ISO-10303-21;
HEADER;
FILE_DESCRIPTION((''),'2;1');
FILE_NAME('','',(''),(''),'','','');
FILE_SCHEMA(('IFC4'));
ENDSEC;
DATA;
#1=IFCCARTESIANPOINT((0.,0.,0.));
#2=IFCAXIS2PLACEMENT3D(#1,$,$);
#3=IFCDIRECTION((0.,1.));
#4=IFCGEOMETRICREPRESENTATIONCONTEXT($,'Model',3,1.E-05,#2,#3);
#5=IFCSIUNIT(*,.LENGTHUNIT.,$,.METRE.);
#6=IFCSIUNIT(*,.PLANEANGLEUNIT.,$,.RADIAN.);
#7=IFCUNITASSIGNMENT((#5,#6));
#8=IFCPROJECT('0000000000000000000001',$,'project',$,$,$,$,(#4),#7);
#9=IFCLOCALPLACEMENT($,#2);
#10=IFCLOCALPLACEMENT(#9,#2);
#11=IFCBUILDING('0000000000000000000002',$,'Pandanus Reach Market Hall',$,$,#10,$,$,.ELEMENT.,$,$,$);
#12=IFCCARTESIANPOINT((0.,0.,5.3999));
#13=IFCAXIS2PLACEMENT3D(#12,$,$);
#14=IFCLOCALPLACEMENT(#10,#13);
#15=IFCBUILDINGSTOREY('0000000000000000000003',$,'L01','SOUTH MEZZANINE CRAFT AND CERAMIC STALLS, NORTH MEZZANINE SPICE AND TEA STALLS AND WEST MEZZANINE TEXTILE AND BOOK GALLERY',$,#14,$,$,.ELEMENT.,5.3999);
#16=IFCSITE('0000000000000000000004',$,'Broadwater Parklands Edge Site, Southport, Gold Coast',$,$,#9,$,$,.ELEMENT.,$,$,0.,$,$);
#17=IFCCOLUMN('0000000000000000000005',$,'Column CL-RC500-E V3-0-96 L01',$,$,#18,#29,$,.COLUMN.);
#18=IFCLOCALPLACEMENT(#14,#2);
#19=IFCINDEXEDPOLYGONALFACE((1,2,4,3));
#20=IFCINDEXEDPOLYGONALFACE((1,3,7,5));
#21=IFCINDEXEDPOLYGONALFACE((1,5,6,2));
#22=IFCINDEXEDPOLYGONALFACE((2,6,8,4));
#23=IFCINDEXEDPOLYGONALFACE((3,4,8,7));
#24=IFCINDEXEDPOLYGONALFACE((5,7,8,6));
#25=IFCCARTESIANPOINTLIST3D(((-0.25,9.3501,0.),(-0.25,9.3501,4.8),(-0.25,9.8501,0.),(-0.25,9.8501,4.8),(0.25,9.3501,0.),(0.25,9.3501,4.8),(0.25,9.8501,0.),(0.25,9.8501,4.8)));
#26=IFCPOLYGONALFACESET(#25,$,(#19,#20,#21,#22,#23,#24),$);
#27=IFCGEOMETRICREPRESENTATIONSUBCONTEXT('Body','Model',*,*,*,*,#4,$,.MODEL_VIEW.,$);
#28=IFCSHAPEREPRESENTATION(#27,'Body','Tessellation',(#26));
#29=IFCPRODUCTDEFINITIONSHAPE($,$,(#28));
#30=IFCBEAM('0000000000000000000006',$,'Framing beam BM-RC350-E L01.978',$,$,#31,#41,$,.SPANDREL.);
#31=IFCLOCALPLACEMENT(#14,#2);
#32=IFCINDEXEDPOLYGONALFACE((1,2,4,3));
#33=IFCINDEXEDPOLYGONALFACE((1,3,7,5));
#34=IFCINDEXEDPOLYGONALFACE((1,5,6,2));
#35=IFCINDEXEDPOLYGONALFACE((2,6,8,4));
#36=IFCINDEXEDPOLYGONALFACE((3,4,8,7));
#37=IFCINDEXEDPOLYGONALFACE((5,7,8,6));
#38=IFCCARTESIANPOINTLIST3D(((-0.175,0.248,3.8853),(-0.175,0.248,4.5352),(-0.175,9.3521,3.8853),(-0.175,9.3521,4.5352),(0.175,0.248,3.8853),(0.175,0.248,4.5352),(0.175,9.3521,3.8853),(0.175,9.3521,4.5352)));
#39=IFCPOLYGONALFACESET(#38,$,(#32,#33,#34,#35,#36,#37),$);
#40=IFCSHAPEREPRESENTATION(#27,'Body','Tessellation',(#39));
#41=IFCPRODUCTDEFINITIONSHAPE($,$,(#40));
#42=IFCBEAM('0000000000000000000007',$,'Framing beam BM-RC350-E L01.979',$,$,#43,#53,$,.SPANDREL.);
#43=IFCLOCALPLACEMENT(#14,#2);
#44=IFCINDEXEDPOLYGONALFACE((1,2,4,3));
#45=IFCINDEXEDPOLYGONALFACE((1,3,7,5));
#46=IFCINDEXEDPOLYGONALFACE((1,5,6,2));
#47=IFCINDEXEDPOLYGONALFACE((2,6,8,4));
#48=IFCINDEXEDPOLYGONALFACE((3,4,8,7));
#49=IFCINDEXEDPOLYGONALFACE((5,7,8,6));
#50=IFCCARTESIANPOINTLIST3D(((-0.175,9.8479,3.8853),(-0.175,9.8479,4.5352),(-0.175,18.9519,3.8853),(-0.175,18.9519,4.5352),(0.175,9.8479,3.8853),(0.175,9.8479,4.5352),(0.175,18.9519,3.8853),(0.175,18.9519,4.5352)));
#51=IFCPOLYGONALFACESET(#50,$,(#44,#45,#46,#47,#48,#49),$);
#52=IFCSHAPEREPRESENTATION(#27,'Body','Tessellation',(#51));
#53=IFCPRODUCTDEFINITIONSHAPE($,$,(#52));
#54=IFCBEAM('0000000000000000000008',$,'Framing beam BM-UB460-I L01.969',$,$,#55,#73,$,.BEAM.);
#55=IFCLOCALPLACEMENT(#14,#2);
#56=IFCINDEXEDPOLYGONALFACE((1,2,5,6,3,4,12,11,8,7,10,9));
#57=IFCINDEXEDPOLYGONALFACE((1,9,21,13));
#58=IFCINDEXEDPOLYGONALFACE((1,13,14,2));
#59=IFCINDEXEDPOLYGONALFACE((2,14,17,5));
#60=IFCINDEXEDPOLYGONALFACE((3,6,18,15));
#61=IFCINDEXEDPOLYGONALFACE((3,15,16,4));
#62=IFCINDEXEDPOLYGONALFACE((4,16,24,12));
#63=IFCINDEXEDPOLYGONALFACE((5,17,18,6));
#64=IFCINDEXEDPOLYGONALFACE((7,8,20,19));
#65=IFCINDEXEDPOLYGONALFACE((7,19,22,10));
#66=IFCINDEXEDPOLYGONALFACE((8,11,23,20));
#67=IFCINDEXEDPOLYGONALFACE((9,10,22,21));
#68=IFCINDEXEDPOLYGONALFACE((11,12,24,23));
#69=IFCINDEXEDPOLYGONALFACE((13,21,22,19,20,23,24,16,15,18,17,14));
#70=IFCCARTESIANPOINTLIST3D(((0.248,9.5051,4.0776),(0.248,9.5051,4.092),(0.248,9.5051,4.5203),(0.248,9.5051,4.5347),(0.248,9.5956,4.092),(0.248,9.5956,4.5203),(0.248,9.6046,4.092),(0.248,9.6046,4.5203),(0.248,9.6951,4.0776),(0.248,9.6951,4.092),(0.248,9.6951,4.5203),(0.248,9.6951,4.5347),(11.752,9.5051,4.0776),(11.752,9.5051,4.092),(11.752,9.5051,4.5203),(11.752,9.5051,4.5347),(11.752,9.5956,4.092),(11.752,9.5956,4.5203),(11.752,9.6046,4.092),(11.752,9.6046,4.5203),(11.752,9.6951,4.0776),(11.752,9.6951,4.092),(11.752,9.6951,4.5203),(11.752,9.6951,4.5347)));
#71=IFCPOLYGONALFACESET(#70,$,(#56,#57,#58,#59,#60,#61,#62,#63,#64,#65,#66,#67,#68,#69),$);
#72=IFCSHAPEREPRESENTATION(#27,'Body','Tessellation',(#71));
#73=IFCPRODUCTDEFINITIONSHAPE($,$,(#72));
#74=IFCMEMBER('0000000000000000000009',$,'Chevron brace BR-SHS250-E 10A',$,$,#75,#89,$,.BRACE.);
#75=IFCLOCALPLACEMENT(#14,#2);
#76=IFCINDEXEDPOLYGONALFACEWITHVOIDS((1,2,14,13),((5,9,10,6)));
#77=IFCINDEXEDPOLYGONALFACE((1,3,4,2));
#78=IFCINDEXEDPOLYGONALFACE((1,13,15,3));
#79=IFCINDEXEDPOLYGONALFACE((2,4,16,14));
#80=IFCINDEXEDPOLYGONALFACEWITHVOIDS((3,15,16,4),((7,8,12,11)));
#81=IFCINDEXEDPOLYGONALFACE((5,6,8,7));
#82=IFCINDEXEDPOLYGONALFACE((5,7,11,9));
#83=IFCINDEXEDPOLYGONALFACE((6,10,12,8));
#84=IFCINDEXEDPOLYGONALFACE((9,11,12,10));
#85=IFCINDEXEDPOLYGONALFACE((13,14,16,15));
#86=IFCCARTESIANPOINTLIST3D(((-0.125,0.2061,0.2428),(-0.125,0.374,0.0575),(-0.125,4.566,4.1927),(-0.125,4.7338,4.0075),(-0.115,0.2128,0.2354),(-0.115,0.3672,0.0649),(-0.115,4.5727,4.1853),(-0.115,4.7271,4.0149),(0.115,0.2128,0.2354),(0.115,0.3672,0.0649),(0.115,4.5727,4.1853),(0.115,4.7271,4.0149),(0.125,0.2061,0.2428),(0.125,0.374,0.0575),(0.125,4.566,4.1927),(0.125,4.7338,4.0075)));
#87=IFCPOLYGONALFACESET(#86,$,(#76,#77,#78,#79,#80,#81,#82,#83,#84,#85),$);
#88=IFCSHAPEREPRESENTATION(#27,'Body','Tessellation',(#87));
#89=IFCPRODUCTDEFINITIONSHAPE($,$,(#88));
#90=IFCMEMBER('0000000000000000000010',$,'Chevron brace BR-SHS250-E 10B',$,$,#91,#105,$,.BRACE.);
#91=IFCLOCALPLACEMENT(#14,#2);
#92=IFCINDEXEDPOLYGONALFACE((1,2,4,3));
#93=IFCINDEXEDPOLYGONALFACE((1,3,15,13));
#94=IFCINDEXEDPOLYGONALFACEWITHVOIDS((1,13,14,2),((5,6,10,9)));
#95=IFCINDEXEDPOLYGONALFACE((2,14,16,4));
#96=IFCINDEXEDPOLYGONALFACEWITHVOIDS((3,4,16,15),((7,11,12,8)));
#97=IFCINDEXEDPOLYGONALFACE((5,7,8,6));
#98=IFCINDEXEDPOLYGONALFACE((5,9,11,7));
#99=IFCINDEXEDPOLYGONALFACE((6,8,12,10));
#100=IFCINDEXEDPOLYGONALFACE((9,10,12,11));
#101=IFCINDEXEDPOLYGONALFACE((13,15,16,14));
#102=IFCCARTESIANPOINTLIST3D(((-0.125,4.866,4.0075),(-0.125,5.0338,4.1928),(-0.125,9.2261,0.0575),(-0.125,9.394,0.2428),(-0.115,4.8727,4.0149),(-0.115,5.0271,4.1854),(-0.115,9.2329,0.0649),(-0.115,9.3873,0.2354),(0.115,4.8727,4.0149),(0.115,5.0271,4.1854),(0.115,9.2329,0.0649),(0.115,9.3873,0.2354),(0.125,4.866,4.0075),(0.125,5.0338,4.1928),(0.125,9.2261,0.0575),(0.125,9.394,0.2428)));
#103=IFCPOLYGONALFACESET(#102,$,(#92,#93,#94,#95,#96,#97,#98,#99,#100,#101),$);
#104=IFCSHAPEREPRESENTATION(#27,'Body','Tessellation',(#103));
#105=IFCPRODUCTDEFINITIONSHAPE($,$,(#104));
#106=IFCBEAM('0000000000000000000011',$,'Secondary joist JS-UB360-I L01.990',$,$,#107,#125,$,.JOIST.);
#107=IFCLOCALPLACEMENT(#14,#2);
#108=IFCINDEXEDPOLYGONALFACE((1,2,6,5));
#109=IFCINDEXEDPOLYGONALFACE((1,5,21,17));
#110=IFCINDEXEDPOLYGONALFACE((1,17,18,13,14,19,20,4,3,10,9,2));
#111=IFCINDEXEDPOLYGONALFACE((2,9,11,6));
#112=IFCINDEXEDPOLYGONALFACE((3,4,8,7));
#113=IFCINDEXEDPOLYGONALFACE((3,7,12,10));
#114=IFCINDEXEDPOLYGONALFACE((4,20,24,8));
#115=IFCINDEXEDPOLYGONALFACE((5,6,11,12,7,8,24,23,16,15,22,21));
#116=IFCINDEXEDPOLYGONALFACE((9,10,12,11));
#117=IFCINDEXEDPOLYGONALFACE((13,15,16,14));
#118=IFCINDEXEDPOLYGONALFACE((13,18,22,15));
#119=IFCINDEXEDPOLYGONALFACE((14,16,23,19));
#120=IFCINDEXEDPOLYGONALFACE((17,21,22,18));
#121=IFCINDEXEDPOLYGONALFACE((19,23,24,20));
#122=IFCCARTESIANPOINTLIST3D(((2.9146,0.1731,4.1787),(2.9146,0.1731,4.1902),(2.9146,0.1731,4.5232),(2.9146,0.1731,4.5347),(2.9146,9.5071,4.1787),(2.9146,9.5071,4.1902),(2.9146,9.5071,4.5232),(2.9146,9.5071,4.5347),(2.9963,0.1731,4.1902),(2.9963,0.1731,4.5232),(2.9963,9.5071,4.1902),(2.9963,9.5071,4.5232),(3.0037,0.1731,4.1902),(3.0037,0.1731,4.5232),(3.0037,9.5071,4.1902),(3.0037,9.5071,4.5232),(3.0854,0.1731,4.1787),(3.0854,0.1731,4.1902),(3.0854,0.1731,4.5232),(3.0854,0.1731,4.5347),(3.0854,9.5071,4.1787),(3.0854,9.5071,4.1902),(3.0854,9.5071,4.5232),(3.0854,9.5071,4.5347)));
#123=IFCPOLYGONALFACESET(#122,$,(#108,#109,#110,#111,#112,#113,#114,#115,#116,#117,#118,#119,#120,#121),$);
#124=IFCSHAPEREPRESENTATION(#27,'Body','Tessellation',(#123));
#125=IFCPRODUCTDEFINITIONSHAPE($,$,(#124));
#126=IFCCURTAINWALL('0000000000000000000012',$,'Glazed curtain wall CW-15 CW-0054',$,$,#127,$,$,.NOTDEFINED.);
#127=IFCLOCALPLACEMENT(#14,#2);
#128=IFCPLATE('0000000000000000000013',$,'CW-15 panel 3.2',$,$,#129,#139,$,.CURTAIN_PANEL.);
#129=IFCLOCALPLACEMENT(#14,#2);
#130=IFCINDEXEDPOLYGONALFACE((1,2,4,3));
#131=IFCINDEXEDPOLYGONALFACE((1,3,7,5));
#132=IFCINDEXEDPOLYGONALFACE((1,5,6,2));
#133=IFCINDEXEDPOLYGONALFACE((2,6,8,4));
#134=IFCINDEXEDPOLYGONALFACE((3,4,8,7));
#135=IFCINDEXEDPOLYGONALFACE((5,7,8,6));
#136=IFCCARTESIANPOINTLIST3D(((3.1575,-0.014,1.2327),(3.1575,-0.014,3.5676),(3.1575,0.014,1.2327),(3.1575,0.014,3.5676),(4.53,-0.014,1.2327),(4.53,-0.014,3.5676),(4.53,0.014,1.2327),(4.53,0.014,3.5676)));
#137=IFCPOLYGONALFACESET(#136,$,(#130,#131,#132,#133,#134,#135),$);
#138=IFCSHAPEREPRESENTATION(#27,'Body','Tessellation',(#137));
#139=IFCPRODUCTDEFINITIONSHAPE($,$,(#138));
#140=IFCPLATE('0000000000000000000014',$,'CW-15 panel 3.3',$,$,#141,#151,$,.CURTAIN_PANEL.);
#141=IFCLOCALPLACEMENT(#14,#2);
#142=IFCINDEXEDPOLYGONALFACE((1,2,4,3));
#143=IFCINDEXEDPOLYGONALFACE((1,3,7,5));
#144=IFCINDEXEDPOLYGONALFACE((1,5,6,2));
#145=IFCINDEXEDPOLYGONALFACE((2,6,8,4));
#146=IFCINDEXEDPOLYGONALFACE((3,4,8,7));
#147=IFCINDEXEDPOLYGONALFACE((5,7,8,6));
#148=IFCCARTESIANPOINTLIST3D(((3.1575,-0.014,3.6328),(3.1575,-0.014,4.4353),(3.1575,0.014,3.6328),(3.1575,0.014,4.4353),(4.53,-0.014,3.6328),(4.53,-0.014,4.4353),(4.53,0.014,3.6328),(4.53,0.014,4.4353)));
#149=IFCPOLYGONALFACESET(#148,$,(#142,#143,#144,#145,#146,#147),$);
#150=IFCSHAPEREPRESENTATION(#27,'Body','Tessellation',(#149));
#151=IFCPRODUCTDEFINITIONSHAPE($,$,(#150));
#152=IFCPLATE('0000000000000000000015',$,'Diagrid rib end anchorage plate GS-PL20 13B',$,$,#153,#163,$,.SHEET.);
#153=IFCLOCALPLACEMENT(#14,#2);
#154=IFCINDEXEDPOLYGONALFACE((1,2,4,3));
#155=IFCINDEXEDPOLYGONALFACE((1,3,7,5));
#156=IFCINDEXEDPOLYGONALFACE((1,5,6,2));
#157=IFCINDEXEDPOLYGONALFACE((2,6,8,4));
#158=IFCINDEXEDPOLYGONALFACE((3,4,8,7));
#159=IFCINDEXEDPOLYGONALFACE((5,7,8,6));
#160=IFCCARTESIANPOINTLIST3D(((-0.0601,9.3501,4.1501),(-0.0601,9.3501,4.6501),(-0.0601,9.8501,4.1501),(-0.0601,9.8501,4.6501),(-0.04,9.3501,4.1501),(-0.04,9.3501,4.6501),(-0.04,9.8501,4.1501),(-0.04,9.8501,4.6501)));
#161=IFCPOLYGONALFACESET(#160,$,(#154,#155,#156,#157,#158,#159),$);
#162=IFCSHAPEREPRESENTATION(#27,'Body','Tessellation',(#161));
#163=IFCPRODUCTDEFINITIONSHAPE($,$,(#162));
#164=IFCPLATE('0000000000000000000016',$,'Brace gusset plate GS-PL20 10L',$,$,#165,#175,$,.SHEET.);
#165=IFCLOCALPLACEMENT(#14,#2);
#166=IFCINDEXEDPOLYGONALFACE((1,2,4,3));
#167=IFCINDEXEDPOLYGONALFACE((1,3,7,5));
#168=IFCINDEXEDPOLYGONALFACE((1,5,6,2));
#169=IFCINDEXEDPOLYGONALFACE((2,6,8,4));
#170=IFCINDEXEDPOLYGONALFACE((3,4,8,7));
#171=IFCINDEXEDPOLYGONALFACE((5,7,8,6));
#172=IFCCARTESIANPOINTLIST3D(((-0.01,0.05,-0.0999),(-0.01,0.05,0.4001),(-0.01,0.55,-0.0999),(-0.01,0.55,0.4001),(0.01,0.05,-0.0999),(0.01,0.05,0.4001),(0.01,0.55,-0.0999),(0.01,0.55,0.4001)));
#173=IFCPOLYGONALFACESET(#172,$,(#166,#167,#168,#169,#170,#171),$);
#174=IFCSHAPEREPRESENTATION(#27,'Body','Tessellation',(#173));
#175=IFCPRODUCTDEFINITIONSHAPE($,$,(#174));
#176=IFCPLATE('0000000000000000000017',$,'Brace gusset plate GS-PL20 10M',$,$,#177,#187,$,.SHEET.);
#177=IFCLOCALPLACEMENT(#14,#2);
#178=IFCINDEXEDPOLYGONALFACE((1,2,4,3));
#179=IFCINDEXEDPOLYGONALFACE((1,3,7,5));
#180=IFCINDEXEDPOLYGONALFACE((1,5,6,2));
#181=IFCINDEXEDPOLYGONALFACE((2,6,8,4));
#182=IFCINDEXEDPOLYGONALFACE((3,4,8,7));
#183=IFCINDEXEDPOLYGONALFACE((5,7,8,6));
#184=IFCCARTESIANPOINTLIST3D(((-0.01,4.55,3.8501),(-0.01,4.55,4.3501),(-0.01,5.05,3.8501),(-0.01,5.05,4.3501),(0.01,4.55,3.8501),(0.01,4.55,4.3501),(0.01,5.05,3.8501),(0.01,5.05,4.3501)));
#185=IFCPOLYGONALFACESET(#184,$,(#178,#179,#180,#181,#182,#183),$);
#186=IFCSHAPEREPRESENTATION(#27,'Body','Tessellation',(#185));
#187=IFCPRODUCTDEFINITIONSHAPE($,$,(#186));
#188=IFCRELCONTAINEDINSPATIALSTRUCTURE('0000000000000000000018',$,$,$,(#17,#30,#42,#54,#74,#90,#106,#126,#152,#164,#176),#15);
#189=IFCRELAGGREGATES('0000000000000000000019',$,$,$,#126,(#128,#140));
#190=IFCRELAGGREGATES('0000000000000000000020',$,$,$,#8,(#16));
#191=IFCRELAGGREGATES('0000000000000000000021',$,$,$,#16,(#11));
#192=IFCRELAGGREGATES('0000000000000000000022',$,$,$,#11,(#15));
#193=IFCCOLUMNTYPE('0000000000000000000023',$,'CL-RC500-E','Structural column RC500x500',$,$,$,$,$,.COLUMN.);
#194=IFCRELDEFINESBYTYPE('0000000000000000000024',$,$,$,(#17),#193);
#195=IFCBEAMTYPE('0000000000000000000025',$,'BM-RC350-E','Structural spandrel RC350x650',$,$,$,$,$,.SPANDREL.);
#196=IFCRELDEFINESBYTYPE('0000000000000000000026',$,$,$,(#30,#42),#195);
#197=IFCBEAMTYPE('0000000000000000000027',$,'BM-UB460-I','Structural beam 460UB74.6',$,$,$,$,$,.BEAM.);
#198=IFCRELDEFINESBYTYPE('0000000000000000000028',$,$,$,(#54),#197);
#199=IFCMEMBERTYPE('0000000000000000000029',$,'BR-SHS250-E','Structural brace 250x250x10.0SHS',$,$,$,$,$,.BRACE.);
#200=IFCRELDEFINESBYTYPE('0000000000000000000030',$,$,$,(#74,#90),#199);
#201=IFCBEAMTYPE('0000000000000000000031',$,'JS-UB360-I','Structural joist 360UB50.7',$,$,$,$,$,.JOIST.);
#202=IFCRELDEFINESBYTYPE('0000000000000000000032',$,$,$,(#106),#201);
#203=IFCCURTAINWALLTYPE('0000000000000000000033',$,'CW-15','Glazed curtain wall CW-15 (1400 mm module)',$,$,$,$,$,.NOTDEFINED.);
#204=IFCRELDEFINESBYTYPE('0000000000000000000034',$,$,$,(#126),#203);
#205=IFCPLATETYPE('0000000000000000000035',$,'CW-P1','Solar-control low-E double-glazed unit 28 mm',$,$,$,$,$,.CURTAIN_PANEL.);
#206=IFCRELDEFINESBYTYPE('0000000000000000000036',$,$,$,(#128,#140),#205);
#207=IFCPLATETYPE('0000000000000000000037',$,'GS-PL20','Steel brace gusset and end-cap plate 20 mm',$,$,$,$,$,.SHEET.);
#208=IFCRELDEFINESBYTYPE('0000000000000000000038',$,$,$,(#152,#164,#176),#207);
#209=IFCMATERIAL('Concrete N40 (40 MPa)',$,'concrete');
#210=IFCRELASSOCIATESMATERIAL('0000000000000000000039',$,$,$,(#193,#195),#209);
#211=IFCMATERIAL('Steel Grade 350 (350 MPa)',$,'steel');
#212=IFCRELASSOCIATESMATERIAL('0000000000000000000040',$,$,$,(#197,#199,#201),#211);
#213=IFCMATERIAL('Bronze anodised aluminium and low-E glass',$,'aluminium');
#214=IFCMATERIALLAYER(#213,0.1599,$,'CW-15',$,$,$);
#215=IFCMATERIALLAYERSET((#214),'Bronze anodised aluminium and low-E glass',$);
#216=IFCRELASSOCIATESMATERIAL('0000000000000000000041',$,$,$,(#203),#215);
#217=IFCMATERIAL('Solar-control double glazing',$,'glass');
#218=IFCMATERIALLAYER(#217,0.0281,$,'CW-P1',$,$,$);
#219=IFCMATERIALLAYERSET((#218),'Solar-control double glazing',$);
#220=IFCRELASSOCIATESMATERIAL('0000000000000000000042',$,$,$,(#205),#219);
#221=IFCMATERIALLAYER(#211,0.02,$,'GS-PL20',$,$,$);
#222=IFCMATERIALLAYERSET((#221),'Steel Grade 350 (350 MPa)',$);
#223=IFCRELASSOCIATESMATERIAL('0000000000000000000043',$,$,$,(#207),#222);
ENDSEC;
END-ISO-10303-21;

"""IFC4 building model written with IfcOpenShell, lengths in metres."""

from ifc_helpers import new_model, si_unit, direction, frame, origin, origin_2d, place, context, subcontext, project, spatial, rectangle, hollow_rectangle, i_section, extrude, material, layer, layer_set, material_profile, profile_set, type_object, element, aggregate, save


model = new_model("IFC4")

# Units and contexts
model_context = context("Model", 3, precision=1e-05, world=origin(), true_north=direction((0.0, 1.0)))
body_context = subcontext(model_context, "Body", "Model", "MODEL_VIEW")
ifc_project = project(units=[si_unit("LENGTHUNIT", "METRE"), si_unit("PLANEANGLEUNIT", "RADIAN")], contexts=[model_context])

# Site, building, storey
site_placement = place(None, origin())
site = spatial("IfcSite", under=ifc_project, at=site_placement, Name="Broadwater Parklands Edge Site, Southport, Gold Coast", CompositionType="ELEMENT", RefElevation=0.0)
building_placement = place(site_placement, origin())
building = spatial("IfcBuilding", under=site, at=building_placement, Name="Pandanus Reach Market Hall", CompositionType="ELEMENT")
storey_placement = place(building_placement, frame((0.0, 0.0, 5.3999)))
storey = spatial("IfcBuildingStorey", under=building, at=storey_placement, Name="L01", Description="SOUTH MEZZANINE CRAFT AND CERAMIC STALLS, NORTH MEZZANINE SPICE AND TEA STALLS AND WEST MEZZANINE TEXTILE AND BOOK GALLERY", CompositionType="ELEMENT", Elevation=5.3999)

# Column
ifc_material_1 = material(Name="Concrete N40 (40 MPa)", Category="concrete")
ifc_material_profile_1 = material_profile(ifc_material_1, rectangle(XDim=0.5, YDim=0.5, at=origin_2d()), Name="RC500x500", Category="LoadBearing")
ifc_profile_set_1 = profile_set([ifc_material_profile_1], Name="Concrete N40 (40 MPa)")
column_type = type_object("IfcColumnType", Name="CL-RC500-E", Description="Structural column RC500x500", PredefinedType="COLUMN", material=ifc_profile_set_1)
column_placement = place(storey_placement, frame((0.0, 9.6001, 0.0), z_axis=(0.0, 0.0, 1.0), x_axis=(1.0, 0.0, 0.0)))
element("IfcColumn", 1, at=column_placement, inside=storey, type_object=column_type, Name="Column CL-RC500-E V3-0-96 L01", PredefinedType="COLUMN", context=body_context, shape_type="SweptSolid", body=[
    extrude(rectangle(XDim=0.5, YDim=0.5, at=origin_2d()), origin(), (0.0, 0.0, 1.0), 4.8),
])

# Beams
ifc_material_profile_2 = material_profile(ifc_material_1, rectangle(XDim=0.3501, YDim=0.6499, at=origin_2d()), Name="RC350x650", Category="LoadBearing")
ifc_profile_set_2 = profile_set([ifc_material_profile_2], Name="Concrete N40 (40 MPa)")
beam_type_1 = type_object("IfcBeamType", Name="BM-RC350-E", Description="Structural spandrel RC350x650", PredefinedType="SPANDREL", material=ifc_profile_set_2)
for number, where, z_axis, x_axis, name in (
    (2, (0.0, 0.248, 4.2102), (0.0, 1.0, 0.0), (-1.0, 0.0, 0.0), "Framing beam BM-RC350-E L01.978"),
    (3, (0.0, 9.8479, 4.2102), (0.0, 1.0, 0.0), (-1.0, 0.0, 0.0), "Framing beam BM-RC350-E L01.979"),
):
    element("IfcBeam", number, at=place(storey_placement, frame(where, z_axis=z_axis, x_axis=x_axis)), inside=storey, type_object=beam_type_1, Name=name, PredefinedType="SPANDREL", context=body_context, shape_type="SweptSolid", body=[
        extrude(rectangle(XDim=0.3501, YDim=0.6499, at=origin_2d()), origin(), (0.0, 0.0, 1.0), 9.104),
    ])
ifc_material_2 = material(Name="Steel Grade 350 (350 MPa)", Category="steel")
ifc_material_profile_3 = material_profile(ifc_material_2, i_section(OverallWidth=0.1899, OverallDepth=0.457, WebThickness=0.009, FlangeThickness=0.0144, at=origin_2d()), Name="460UB74.6", Category="LoadBearing")
ifc_profile_set_3 = profile_set([ifc_material_profile_3], Name="Steel Grade 350 (350 MPa)")
beam_type_2 = type_object("IfcBeamType", Name="BM-UB460-I", Description="Structural beam 460UB74.6", PredefinedType="BEAM", material=ifc_profile_set_3)
beam_1_placement = place(storey_placement, frame((0.248, 9.6001, 4.3062), z_axis=(1.0, 0.0, 0.0), x_axis=(0.0, 1.0, 0.0)))
element("IfcBeam", 4, at=beam_1_placement, inside=storey, type_object=beam_type_2, Name="Framing beam BM-UB460-I L01.969", PredefinedType="BEAM", context=body_context, shape_type="SweptSolid", body=[
    extrude(i_section(OverallWidth=0.1899, OverallDepth=0.457, WebThickness=0.009, FlangeThickness=0.0144, at=origin_2d()), origin(), (0.0, 0.0, 1.0), 11.5039),
])

# Members
ifc_material_profile_4 = material_profile(ifc_material_2, hollow_rectangle(XDim=0.25, YDim=0.25, WallThickness=0.01, at=origin_2d()), Name="250x250x10.0SHS", Category="LoadBearing")
ifc_profile_set_4 = profile_set([ifc_material_profile_4], Name="Steel Grade 350 (350 MPa)")
member_type = type_object("IfcMemberType", Name="BR-SHS250-E", Description="Structural brace 250x250x10.0SHS", PredefinedType="BRACE", material=ifc_profile_set_4)
member_1_placement = place(storey_placement, frame((0.0, 0.29, 0.1501), z_axis=(0.0, 0.741086, 0.67141), x_axis=(-1.0, 0.0, 0.0)))
element("IfcMember", 5, at=member_1_placement, inside=storey, type_object=member_type, Name="Chevron brace BR-SHS250-E 10A", PredefinedType="BRACE", context=body_context, shape_type="SweptSolid", body=[
    extrude(hollow_rectangle(XDim=0.25, YDim=0.25, WallThickness=0.01, at=origin_2d()), origin(), (0.0, 0.0, 1.0), 5.8831),
])
member_2_placement = place(storey_placement, frame((0.0, 9.3101, 0.1501), z_axis=(0.0, -0.741105, 0.671389), x_axis=(1.0, 0.0, 0.0)))
element("IfcMember", 6, at=member_2_placement, inside=storey, type_object=member_type, Name="Chevron brace BR-SHS250-E 10B", PredefinedType="BRACE", context=body_context, shape_type="SweptSolid", body=[
    extrude(hollow_rectangle(XDim=0.25, YDim=0.25, WallThickness=0.01, at=origin_2d()), origin(), (0.0, 0.0, 1.0), 5.8833),
])

# Beam
ifc_material_profile_5 = material_profile(ifc_material_2, i_section(OverallWidth=0.1709, OverallDepth=0.356, WebThickness=0.0073, FlangeThickness=0.0115, at=origin_2d()), Name="360UB50.7", Category="LoadBearing")
ifc_profile_set_5 = profile_set([ifc_material_profile_5], Name="Steel Grade 350 (350 MPa)")
beam_type_3 = type_object("IfcBeamType", Name="JS-UB360-I", Description="Structural joist 360UB50.7", PredefinedType="JOIST", material=ifc_profile_set_5)
beam_2_placement = place(storey_placement, frame((3.0, 0.1731, 4.3567), z_axis=(0.0, 1.0, 0.0), x_axis=(-1.0, 0.0, 0.0)))
element("IfcBeam", 7, at=beam_2_placement, inside=storey, type_object=beam_type_3, Name="Secondary joist JS-UB360-I L01.990", PredefinedType="JOIST", context=body_context, shape_type="SweptSolid", body=[
    extrude(i_section(OverallWidth=0.1709, OverallDepth=0.356, WebThickness=0.0073, FlangeThickness=0.0115, at=origin_2d()), origin(), (0.0, 0.0, 1.0), 9.334),
])

# Curtain wall, plates
ifc_material_3 = material(Name="Bronze anodised aluminium and low-E glass", Category="aluminium")
ifc_layer_1 = layer(ifc_material_3, 0.1599, Name="CW-15")
ifc_layer_set_1 = layer_set([ifc_layer_1], Name="Bronze anodised aluminium and low-E glass")
curtain_wall_type = type_object("IfcCurtainWallType", Name="CW-15", Description="Glazed curtain wall CW-15 (1400 mm module)", PredefinedType="NOTDEFINED", material=ifc_layer_set_1)
curtain_wall_placement = place(storey_placement, origin())
curtain_wall = element("IfcCurtainWall", 8, at=curtain_wall_placement, inside=storey, type_object=curtain_wall_type, Name="Glazed curtain wall CW-15 CW-0054", PredefinedType="NOTDEFINED")
ifc_material_4 = material(Name="Solar-control double glazing", Category="glass")
ifc_layer_2 = layer(ifc_material_4, 0.0281, Name="CW-P1")
ifc_layer_set_2 = layer_set([ifc_layer_2], Name="Solar-control double glazing")
plate_type_1 = type_object("IfcPlateType", Name="CW-P1", Description="Solar-control low-E double-glazed unit 28 mm", PredefinedType="CURTAIN_PANEL", material=ifc_layer_set_2)
plate_1_placement = place(storey_placement, frame((3.8438, 0.0, 1.2327), z_axis=(0.0, 0.0, 1.0), x_axis=(1.0, 0.0, 0.0)))
plate_1 = element("IfcPlate", 9, at=plate_1_placement, type_object=plate_type_1, Name="CW-15 panel 3.2", PredefinedType="CURTAIN_PANEL", context=body_context, shape_type="SweptSolid", body=[
    extrude(rectangle(XDim=1.3726, YDim=0.0281, at=origin_2d()), origin(), (0.0, 0.0, 1.0), 2.335),
])
plate_2_placement = place(storey_placement, frame((3.8438, 0.0, 3.6328), z_axis=(0.0, 0.0, 1.0), x_axis=(1.0, 0.0, 0.0)))
plate_2 = element("IfcPlate", 10, at=plate_2_placement, type_object=plate_type_1, Name="CW-15 panel 3.3", PredefinedType="CURTAIN_PANEL", context=body_context, shape_type="SweptSolid", body=[
    extrude(rectangle(XDim=1.3726, YDim=0.0281, at=origin_2d()), origin(), (0.0, 0.0, 1.0), 0.8025),
])
aggregate(curtain_wall, [plate_1, plate_2])

# Plates
ifc_layer_3 = layer(ifc_material_2, 0.02, Name="GS-PL20")
ifc_layer_set_3 = layer_set([ifc_layer_3], Name="Steel Grade 350 (350 MPa)")
plate_type_2 = type_object("IfcPlateType", Name="GS-PL20", Description="Steel brace gusset and end-cap plate 20 mm", PredefinedType="SHEET", material=ifc_layer_set_3)
plate_3_placement = place(storey_placement, frame((-0.05, 9.6001, 4.1501), z_axis=(0.0, 0.0, 1.0), x_axis=(1.0, 0.0, 0.0)))
element("IfcPlate", 11, at=plate_3_placement, inside=storey, type_object=plate_type_2, Name="Diagrid rib end anchorage plate GS-PL20 13B", PredefinedType="SHEET", context=body_context, shape_type="SweptSolid", body=[
    extrude(rectangle(XDim=0.02, YDim=0.5, at=origin_2d()), origin(), (0.0, 0.0, 1.0), 0.5),
])
for number, where, z_axis, x_axis, name in (
    (12, (0.0, 0.3, -0.0999), (0.0, 0.0, 1.0), (0.0, 1.0, 0.0), "Brace gusset plate GS-PL20 10L"),
    (13, (0.0, 4.8, 3.8501), (0.0, 0.0, 1.0), (0.0, 1.0, 0.0), "Brace gusset plate GS-PL20 10M"),
):
    element("IfcPlate", number, at=place(storey_placement, frame(where, z_axis=z_axis, x_axis=x_axis)), inside=storey, type_object=plate_type_2, Name=name, PredefinedType="SHEET", context=body_context, shape_type="SweptSolid", body=[
        extrude(rectangle(XDim=0.5, YDim=0.02, at=origin_2d()), origin(), (0.0, 0.0, 1.0), 0.5),
    ])

save(model, "model.ifc")
